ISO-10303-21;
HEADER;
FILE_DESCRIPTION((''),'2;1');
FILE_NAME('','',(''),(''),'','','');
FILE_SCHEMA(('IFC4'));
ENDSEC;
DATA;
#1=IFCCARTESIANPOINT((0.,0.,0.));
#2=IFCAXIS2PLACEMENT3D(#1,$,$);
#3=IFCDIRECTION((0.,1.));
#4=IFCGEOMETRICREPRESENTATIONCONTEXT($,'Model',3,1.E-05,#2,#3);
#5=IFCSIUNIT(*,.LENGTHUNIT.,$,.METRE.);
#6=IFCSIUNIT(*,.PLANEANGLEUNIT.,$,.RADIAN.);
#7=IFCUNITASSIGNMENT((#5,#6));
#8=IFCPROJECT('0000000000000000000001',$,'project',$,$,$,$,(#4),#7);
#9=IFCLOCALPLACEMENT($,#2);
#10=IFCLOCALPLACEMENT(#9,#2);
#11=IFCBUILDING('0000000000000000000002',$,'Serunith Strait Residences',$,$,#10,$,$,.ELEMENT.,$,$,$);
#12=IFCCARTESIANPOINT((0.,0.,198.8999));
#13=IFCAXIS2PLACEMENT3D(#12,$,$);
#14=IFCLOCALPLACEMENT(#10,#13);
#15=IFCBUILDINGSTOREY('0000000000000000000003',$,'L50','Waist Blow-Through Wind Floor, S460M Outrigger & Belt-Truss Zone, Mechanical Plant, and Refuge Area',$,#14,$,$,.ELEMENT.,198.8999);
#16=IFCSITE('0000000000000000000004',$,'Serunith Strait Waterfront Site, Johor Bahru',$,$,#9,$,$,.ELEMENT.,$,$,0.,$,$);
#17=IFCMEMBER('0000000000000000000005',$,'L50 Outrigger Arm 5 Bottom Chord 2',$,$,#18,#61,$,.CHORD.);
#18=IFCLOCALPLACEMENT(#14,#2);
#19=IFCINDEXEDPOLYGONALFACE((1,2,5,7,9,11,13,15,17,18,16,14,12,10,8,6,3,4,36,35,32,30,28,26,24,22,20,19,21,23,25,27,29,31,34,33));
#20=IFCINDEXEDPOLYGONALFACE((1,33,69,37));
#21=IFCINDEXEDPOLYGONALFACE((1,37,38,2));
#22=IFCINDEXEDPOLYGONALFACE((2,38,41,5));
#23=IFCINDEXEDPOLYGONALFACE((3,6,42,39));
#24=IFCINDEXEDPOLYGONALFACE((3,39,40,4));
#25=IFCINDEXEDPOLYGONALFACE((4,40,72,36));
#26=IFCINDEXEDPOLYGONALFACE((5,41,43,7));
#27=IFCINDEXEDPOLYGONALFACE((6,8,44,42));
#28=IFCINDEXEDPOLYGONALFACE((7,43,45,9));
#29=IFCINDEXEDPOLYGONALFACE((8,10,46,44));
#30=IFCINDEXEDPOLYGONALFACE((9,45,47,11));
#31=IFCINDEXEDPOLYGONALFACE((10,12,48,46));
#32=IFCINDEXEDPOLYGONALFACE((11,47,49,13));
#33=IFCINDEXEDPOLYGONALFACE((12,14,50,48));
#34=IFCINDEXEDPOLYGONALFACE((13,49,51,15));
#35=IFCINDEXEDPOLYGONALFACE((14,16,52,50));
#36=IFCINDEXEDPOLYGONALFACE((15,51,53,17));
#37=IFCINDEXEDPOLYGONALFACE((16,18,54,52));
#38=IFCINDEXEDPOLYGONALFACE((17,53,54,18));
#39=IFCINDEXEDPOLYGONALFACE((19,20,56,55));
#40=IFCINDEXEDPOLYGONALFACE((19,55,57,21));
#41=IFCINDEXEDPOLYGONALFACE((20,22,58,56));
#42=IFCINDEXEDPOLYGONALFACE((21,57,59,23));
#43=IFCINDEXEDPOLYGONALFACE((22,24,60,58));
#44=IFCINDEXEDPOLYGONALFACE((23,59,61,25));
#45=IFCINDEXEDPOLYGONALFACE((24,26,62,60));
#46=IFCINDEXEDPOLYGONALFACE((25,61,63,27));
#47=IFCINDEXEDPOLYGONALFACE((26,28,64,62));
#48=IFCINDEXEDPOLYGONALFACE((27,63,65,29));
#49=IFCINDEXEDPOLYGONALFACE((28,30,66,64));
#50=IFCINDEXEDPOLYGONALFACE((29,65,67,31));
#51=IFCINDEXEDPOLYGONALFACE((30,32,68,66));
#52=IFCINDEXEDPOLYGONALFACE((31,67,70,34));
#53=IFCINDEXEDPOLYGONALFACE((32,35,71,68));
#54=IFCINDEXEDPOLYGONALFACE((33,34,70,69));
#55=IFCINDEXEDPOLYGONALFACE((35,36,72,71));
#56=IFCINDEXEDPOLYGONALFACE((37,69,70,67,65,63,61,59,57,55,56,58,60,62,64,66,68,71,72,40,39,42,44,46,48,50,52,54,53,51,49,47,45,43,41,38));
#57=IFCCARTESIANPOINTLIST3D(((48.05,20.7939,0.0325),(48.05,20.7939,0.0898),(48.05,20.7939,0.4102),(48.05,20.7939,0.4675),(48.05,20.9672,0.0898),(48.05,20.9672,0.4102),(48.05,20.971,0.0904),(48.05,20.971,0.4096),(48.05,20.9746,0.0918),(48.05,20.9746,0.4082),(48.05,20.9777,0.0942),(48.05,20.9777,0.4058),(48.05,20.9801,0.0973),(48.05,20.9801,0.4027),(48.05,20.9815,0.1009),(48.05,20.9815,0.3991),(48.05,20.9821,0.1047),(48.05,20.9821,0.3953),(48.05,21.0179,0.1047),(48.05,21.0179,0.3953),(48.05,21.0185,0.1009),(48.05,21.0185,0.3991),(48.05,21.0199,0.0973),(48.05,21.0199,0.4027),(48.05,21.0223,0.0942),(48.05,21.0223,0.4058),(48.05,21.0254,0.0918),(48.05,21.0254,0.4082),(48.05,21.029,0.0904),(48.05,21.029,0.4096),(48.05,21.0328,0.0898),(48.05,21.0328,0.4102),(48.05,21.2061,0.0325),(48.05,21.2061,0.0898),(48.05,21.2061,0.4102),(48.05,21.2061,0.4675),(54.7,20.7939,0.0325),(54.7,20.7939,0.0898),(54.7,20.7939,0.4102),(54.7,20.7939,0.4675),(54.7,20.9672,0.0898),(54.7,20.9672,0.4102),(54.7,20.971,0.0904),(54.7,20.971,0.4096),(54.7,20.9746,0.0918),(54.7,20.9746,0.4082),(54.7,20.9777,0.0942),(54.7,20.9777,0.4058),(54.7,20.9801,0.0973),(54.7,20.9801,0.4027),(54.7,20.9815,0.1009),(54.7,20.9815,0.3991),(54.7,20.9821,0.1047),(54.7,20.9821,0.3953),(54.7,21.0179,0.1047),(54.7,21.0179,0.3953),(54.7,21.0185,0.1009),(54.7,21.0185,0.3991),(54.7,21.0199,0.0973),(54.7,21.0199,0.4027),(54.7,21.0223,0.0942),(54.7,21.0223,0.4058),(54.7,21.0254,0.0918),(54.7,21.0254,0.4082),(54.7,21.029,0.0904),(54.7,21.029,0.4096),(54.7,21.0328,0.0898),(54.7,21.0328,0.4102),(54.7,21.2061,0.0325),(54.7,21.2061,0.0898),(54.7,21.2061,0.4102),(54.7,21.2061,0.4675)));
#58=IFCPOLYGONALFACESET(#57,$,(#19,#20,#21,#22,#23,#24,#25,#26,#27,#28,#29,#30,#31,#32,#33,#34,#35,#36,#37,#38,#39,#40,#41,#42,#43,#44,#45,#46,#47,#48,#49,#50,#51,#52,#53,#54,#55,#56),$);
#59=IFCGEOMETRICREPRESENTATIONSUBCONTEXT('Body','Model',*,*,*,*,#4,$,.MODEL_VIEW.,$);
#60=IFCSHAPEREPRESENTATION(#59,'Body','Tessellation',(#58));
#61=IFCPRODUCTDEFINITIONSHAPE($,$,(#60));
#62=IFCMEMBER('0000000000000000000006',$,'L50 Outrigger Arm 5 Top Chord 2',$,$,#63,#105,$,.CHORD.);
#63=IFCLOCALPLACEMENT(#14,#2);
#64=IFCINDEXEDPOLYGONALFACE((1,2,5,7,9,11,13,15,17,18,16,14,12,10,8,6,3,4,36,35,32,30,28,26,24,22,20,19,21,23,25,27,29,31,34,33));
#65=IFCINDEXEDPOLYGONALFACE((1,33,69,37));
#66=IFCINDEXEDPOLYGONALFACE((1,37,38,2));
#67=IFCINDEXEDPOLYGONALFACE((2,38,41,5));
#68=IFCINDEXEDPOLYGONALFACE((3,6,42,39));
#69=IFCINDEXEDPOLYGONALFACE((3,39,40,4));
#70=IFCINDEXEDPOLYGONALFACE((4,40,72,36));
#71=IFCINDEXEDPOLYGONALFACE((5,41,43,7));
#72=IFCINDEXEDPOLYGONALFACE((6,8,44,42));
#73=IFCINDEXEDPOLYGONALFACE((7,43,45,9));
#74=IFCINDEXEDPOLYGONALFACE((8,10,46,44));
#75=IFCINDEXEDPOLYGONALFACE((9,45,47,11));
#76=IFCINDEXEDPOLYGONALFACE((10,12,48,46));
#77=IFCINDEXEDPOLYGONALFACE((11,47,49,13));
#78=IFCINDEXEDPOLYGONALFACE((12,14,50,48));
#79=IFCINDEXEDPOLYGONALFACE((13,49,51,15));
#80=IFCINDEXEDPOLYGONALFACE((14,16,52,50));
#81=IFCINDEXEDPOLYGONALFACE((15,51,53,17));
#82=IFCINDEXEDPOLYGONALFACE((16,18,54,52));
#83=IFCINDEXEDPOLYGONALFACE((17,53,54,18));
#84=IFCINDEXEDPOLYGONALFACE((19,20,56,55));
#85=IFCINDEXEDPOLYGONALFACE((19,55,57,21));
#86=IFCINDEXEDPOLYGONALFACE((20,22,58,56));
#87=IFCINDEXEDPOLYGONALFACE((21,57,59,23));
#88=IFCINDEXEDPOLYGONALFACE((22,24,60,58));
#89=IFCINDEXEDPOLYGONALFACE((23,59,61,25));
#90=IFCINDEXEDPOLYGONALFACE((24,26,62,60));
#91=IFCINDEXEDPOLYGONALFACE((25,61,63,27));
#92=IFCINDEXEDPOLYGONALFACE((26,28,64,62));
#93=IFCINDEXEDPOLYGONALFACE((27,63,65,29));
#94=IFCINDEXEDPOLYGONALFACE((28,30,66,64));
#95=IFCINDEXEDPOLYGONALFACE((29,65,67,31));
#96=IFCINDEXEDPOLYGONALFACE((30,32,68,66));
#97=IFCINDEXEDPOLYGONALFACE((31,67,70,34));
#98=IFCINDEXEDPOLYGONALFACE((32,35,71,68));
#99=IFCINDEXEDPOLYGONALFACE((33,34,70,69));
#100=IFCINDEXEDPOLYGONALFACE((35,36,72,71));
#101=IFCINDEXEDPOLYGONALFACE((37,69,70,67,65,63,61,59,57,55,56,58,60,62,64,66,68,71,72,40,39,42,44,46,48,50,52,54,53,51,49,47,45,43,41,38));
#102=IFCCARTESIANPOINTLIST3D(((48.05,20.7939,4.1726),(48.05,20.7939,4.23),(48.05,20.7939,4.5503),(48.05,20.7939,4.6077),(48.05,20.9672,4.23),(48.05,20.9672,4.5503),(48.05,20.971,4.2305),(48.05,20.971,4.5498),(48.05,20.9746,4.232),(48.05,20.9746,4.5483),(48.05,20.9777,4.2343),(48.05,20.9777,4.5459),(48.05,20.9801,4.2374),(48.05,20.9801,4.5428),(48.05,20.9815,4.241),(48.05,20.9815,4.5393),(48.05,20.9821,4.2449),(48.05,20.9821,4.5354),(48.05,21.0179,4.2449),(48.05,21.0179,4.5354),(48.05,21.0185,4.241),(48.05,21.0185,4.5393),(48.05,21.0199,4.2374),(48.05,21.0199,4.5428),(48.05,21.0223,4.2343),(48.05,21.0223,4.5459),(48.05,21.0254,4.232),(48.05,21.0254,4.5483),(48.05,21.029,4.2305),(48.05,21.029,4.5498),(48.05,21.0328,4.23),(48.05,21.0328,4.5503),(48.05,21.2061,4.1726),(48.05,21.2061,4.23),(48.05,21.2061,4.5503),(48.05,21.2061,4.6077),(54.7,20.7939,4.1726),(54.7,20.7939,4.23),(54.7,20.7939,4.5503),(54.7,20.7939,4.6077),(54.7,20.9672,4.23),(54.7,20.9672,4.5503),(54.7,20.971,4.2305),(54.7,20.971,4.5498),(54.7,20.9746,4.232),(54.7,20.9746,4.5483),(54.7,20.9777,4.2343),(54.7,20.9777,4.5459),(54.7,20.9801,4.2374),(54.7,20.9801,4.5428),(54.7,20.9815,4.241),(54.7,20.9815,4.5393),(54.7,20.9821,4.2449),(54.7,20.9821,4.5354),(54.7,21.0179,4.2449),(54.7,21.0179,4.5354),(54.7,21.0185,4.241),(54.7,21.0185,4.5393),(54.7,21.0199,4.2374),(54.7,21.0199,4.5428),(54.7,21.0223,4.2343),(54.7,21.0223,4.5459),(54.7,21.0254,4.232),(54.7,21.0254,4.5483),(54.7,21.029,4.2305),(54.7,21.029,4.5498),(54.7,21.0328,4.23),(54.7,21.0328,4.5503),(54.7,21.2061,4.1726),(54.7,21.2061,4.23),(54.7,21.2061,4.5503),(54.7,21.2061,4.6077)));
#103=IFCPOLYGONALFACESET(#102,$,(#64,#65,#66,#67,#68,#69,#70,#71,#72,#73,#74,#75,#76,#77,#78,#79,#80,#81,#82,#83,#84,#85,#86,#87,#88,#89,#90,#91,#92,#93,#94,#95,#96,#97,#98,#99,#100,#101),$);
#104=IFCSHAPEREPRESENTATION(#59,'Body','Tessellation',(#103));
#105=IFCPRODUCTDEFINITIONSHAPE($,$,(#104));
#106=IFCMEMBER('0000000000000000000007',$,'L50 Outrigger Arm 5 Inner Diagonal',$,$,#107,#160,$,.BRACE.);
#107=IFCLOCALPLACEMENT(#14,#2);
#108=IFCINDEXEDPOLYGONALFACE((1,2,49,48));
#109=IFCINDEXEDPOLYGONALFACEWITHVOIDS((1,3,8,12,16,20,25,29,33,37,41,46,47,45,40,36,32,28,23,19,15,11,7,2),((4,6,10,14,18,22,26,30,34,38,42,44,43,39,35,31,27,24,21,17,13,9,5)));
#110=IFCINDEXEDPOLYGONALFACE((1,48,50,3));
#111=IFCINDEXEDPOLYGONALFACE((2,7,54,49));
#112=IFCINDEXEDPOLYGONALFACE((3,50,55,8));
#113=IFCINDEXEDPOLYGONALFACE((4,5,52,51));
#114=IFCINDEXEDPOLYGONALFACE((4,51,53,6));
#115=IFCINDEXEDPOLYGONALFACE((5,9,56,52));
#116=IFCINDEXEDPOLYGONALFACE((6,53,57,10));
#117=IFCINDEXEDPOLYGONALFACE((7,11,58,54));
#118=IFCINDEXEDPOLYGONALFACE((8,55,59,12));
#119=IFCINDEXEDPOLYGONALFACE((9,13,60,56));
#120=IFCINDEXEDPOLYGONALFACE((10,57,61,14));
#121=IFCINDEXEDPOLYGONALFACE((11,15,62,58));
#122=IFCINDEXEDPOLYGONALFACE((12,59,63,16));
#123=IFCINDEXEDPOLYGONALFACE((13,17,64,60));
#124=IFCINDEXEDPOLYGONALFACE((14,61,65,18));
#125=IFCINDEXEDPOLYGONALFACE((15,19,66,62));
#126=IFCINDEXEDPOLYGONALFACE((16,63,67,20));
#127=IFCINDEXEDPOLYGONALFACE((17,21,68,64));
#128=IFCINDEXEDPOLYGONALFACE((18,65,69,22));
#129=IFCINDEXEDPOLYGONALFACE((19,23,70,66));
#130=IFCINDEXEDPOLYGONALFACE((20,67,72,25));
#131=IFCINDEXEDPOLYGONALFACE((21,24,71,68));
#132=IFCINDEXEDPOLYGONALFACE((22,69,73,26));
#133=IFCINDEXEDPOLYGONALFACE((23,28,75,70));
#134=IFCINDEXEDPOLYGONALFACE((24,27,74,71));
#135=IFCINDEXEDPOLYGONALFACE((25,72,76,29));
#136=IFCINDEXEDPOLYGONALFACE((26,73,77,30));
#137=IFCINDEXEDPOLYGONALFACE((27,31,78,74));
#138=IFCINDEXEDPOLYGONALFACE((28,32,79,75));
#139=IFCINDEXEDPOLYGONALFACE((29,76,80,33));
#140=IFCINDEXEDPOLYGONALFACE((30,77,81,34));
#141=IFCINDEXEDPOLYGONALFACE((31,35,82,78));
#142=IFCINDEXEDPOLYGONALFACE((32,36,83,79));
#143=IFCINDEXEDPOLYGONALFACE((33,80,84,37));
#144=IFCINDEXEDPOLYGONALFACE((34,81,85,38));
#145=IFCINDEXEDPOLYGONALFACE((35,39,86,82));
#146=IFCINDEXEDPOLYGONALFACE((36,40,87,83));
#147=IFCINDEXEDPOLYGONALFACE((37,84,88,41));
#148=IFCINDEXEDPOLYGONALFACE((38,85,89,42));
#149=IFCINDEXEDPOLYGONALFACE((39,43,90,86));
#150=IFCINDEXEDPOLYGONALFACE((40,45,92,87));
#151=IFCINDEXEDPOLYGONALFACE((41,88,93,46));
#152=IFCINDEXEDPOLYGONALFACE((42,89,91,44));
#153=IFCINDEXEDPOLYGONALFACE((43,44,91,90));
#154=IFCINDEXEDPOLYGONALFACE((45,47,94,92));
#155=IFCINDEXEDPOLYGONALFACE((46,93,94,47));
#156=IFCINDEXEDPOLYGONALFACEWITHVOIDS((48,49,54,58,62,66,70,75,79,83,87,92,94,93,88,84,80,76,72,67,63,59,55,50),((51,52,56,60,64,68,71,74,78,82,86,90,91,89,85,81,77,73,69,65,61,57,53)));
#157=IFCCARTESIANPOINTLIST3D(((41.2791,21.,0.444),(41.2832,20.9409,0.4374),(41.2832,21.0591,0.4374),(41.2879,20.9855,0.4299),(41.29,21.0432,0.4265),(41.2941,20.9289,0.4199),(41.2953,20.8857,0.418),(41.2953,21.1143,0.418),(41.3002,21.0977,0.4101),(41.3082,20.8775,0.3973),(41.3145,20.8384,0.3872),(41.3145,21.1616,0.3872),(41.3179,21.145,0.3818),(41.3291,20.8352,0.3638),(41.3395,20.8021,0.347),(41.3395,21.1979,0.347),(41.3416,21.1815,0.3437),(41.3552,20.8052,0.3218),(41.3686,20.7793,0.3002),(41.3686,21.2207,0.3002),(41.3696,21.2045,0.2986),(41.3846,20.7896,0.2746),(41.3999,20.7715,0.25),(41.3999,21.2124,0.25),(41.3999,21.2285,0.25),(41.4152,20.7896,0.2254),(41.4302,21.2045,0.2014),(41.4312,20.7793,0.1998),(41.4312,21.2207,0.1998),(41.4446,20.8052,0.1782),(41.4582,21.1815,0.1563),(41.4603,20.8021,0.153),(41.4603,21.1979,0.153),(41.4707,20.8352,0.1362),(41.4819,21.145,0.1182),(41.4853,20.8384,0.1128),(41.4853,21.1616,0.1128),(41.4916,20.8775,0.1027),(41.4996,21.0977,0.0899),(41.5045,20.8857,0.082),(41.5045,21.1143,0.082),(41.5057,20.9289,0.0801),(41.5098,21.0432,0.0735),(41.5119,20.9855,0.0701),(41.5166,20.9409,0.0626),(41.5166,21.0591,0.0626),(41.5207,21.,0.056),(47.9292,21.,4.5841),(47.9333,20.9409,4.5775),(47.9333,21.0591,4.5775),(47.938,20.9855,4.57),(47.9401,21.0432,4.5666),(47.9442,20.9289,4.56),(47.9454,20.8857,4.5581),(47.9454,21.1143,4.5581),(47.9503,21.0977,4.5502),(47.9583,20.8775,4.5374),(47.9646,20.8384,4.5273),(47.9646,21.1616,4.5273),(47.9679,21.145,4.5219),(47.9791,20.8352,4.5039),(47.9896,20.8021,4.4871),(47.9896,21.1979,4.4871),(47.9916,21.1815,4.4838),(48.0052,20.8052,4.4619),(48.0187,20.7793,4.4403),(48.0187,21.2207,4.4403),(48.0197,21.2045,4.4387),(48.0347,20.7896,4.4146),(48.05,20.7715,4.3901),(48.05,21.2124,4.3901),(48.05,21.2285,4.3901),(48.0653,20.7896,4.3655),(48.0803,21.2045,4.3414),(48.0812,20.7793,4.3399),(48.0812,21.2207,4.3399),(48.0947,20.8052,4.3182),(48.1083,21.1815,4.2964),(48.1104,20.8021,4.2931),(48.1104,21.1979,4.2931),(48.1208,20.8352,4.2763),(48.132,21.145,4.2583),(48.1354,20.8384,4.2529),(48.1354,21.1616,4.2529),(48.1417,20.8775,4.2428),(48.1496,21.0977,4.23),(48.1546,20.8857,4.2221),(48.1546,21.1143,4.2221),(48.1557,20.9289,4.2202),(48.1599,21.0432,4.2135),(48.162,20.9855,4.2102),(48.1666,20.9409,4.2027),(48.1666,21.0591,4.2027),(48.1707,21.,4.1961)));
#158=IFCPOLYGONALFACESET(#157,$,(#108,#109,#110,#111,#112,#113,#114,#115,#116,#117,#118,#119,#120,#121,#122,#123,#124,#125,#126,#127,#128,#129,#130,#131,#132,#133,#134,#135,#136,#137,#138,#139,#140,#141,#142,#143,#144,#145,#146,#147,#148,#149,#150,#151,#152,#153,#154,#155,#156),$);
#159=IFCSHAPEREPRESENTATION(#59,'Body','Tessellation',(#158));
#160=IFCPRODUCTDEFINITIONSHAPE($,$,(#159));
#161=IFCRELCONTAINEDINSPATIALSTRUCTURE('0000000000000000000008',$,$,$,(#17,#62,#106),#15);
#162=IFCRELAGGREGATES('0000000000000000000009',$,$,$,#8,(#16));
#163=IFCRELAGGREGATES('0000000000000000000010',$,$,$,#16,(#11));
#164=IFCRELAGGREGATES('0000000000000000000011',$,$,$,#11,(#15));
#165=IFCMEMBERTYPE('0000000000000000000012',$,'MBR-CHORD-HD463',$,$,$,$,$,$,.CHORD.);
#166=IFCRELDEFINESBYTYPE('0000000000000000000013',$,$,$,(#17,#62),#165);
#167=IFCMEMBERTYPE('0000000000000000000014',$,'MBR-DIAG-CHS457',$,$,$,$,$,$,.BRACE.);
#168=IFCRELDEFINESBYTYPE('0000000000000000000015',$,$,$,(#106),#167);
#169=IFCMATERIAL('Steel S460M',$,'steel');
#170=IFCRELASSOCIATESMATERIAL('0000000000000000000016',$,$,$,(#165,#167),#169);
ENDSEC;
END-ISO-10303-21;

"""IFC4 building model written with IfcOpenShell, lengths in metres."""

from ifc_helpers import new_model, si_unit, direction, frame, origin, origin_2d, place, context, subcontext, project, spatial, hollow_circle, i_section, extrude, source, transform, mapped, material, material_profile, profile_set, type_object, element, save


model = new_model("IFC4")

# Units and contexts
model_context = context("Model", 3, precision=1e-05, world=origin(), true_north=direction((0.0, 1.0)))
body_context = subcontext(model_context, "Body", "Model", "MODEL_VIEW")
ifc_project = project(units=[si_unit("LENGTHUNIT", "METRE"), si_unit("PLANEANGLEUNIT", "RADIAN")], contexts=[model_context])

# Site, building, storey
site_placement = place(None, origin())
site = spatial("IfcSite", under=ifc_project, at=site_placement, Name="Serunith Strait Waterfront Site, Johor Bahru", CompositionType="ELEMENT", RefElevation=0.0)
building_placement = place(site_placement, origin())
building = spatial("IfcBuilding", under=site, at=building_placement, Name="Serunith Strait Residences", CompositionType="ELEMENT")
storey_placement = place(building_placement, frame((0.0, 0.0, 198.8999)))
storey = spatial("IfcBuildingStorey", under=building, at=storey_placement, Name="L50", Description="Waist Blow-Through Wind Floor, S460M Outrigger & Belt-Truss Zone, Mechanical Plant, and Refuge Area", CompositionType="ELEMENT", Elevation=198.8999)

# Members
ifc_material_1 = material(Name="Steel S460M", Category="steel")
ifc_material_profile_1 = material_profile(ifc_material_1, i_section(OverallWidth=0.4121, OverallDepth=0.4351, WebThickness=0.0359, FlangeThickness=0.0574, FilletRadius=0.0149, at=origin_2d()), Name="HD 400x463")
ifc_profile_set_1 = profile_set([ifc_material_profile_1], Name="Steel S460M")
member_type_1 = type_object("IfcMemberType", Name="MBR-CHORD-HD463", PredefinedType="CHORD", material=ifc_profile_set_1)
shared_shape_1 = source(origin(), body_context, "Body", "SweptSolid", [
    extrude(i_section(OverallWidth=0.4121, OverallDepth=0.4351, WebThickness=0.0359, FlangeThickness=0.0574, FilletRadius=0.0149, at=origin_2d()), origin(), (0.0, 0.0, 1.0), 6.6499),
])
for number, where, z_axis, x_axis, name in (
    (1, (48.05, 21.0, 0.25), (1.0, 0.0, 0.0), (0.0, 1.0, 0.0), "L50 Outrigger Arm 5 Bottom Chord 2"),
    (2, (48.05, 21.0, 4.3901), (1.0, 0.0, 0.0), (0.0, 1.0, 0.0), "L50 Outrigger Arm 5 Top Chord 2"),
):
    element("IfcMember", number, at=place(storey_placement, frame(where, z_axis=z_axis, x_axis=x_axis)), inside=storey, type_object=member_type_1, Name=name, PredefinedType="CHORD", context=body_context, shape_type="MappedRepresentation", body=[
        mapped(shared_shape_1, transform((0.0, 0.0, 0.0), scale=1.0)),
    ])
ifc_material_profile_2 = material_profile(ifc_material_1, hollow_circle(Radius=0.2285, WallThickness=0.0161, at=origin_2d()), Name="CHS 457x16")
ifc_profile_set_2 = profile_set([ifc_material_profile_2], Name="Steel S460M")
member_type_2 = type_object("IfcMemberType", Name="MBR-DIAG-CHS457", PredefinedType="BRACE", material=ifc_profile_set_2)
shared_shape_2 = source(origin(), body_context, "Body", "SweptSolid", [
    extrude(hollow_circle(Radius=0.2285, WallThickness=0.0161, at=origin_2d()), origin(), (0.0, 0.0, 1.0), 7.8335),
])
member_1_placement = place(storey_placement, frame((41.3999, 21.0, 0.25), z_axis=(0.848927, 0.0, 0.528511), x_axis=(0.0, 1.0, 0.0)))
element("IfcMember", 3, at=member_1_placement, inside=storey, type_object=member_type_2, Name="L50 Outrigger Arm 5 Inner Diagonal", PredefinedType="BRACE", context=body_context, shape_type="MappedRepresentation", body=[
    mapped(shared_shape_2, transform((0.0, 0.0, 0.0), scale=1.0)),
])

save(model, "model.ifc")
